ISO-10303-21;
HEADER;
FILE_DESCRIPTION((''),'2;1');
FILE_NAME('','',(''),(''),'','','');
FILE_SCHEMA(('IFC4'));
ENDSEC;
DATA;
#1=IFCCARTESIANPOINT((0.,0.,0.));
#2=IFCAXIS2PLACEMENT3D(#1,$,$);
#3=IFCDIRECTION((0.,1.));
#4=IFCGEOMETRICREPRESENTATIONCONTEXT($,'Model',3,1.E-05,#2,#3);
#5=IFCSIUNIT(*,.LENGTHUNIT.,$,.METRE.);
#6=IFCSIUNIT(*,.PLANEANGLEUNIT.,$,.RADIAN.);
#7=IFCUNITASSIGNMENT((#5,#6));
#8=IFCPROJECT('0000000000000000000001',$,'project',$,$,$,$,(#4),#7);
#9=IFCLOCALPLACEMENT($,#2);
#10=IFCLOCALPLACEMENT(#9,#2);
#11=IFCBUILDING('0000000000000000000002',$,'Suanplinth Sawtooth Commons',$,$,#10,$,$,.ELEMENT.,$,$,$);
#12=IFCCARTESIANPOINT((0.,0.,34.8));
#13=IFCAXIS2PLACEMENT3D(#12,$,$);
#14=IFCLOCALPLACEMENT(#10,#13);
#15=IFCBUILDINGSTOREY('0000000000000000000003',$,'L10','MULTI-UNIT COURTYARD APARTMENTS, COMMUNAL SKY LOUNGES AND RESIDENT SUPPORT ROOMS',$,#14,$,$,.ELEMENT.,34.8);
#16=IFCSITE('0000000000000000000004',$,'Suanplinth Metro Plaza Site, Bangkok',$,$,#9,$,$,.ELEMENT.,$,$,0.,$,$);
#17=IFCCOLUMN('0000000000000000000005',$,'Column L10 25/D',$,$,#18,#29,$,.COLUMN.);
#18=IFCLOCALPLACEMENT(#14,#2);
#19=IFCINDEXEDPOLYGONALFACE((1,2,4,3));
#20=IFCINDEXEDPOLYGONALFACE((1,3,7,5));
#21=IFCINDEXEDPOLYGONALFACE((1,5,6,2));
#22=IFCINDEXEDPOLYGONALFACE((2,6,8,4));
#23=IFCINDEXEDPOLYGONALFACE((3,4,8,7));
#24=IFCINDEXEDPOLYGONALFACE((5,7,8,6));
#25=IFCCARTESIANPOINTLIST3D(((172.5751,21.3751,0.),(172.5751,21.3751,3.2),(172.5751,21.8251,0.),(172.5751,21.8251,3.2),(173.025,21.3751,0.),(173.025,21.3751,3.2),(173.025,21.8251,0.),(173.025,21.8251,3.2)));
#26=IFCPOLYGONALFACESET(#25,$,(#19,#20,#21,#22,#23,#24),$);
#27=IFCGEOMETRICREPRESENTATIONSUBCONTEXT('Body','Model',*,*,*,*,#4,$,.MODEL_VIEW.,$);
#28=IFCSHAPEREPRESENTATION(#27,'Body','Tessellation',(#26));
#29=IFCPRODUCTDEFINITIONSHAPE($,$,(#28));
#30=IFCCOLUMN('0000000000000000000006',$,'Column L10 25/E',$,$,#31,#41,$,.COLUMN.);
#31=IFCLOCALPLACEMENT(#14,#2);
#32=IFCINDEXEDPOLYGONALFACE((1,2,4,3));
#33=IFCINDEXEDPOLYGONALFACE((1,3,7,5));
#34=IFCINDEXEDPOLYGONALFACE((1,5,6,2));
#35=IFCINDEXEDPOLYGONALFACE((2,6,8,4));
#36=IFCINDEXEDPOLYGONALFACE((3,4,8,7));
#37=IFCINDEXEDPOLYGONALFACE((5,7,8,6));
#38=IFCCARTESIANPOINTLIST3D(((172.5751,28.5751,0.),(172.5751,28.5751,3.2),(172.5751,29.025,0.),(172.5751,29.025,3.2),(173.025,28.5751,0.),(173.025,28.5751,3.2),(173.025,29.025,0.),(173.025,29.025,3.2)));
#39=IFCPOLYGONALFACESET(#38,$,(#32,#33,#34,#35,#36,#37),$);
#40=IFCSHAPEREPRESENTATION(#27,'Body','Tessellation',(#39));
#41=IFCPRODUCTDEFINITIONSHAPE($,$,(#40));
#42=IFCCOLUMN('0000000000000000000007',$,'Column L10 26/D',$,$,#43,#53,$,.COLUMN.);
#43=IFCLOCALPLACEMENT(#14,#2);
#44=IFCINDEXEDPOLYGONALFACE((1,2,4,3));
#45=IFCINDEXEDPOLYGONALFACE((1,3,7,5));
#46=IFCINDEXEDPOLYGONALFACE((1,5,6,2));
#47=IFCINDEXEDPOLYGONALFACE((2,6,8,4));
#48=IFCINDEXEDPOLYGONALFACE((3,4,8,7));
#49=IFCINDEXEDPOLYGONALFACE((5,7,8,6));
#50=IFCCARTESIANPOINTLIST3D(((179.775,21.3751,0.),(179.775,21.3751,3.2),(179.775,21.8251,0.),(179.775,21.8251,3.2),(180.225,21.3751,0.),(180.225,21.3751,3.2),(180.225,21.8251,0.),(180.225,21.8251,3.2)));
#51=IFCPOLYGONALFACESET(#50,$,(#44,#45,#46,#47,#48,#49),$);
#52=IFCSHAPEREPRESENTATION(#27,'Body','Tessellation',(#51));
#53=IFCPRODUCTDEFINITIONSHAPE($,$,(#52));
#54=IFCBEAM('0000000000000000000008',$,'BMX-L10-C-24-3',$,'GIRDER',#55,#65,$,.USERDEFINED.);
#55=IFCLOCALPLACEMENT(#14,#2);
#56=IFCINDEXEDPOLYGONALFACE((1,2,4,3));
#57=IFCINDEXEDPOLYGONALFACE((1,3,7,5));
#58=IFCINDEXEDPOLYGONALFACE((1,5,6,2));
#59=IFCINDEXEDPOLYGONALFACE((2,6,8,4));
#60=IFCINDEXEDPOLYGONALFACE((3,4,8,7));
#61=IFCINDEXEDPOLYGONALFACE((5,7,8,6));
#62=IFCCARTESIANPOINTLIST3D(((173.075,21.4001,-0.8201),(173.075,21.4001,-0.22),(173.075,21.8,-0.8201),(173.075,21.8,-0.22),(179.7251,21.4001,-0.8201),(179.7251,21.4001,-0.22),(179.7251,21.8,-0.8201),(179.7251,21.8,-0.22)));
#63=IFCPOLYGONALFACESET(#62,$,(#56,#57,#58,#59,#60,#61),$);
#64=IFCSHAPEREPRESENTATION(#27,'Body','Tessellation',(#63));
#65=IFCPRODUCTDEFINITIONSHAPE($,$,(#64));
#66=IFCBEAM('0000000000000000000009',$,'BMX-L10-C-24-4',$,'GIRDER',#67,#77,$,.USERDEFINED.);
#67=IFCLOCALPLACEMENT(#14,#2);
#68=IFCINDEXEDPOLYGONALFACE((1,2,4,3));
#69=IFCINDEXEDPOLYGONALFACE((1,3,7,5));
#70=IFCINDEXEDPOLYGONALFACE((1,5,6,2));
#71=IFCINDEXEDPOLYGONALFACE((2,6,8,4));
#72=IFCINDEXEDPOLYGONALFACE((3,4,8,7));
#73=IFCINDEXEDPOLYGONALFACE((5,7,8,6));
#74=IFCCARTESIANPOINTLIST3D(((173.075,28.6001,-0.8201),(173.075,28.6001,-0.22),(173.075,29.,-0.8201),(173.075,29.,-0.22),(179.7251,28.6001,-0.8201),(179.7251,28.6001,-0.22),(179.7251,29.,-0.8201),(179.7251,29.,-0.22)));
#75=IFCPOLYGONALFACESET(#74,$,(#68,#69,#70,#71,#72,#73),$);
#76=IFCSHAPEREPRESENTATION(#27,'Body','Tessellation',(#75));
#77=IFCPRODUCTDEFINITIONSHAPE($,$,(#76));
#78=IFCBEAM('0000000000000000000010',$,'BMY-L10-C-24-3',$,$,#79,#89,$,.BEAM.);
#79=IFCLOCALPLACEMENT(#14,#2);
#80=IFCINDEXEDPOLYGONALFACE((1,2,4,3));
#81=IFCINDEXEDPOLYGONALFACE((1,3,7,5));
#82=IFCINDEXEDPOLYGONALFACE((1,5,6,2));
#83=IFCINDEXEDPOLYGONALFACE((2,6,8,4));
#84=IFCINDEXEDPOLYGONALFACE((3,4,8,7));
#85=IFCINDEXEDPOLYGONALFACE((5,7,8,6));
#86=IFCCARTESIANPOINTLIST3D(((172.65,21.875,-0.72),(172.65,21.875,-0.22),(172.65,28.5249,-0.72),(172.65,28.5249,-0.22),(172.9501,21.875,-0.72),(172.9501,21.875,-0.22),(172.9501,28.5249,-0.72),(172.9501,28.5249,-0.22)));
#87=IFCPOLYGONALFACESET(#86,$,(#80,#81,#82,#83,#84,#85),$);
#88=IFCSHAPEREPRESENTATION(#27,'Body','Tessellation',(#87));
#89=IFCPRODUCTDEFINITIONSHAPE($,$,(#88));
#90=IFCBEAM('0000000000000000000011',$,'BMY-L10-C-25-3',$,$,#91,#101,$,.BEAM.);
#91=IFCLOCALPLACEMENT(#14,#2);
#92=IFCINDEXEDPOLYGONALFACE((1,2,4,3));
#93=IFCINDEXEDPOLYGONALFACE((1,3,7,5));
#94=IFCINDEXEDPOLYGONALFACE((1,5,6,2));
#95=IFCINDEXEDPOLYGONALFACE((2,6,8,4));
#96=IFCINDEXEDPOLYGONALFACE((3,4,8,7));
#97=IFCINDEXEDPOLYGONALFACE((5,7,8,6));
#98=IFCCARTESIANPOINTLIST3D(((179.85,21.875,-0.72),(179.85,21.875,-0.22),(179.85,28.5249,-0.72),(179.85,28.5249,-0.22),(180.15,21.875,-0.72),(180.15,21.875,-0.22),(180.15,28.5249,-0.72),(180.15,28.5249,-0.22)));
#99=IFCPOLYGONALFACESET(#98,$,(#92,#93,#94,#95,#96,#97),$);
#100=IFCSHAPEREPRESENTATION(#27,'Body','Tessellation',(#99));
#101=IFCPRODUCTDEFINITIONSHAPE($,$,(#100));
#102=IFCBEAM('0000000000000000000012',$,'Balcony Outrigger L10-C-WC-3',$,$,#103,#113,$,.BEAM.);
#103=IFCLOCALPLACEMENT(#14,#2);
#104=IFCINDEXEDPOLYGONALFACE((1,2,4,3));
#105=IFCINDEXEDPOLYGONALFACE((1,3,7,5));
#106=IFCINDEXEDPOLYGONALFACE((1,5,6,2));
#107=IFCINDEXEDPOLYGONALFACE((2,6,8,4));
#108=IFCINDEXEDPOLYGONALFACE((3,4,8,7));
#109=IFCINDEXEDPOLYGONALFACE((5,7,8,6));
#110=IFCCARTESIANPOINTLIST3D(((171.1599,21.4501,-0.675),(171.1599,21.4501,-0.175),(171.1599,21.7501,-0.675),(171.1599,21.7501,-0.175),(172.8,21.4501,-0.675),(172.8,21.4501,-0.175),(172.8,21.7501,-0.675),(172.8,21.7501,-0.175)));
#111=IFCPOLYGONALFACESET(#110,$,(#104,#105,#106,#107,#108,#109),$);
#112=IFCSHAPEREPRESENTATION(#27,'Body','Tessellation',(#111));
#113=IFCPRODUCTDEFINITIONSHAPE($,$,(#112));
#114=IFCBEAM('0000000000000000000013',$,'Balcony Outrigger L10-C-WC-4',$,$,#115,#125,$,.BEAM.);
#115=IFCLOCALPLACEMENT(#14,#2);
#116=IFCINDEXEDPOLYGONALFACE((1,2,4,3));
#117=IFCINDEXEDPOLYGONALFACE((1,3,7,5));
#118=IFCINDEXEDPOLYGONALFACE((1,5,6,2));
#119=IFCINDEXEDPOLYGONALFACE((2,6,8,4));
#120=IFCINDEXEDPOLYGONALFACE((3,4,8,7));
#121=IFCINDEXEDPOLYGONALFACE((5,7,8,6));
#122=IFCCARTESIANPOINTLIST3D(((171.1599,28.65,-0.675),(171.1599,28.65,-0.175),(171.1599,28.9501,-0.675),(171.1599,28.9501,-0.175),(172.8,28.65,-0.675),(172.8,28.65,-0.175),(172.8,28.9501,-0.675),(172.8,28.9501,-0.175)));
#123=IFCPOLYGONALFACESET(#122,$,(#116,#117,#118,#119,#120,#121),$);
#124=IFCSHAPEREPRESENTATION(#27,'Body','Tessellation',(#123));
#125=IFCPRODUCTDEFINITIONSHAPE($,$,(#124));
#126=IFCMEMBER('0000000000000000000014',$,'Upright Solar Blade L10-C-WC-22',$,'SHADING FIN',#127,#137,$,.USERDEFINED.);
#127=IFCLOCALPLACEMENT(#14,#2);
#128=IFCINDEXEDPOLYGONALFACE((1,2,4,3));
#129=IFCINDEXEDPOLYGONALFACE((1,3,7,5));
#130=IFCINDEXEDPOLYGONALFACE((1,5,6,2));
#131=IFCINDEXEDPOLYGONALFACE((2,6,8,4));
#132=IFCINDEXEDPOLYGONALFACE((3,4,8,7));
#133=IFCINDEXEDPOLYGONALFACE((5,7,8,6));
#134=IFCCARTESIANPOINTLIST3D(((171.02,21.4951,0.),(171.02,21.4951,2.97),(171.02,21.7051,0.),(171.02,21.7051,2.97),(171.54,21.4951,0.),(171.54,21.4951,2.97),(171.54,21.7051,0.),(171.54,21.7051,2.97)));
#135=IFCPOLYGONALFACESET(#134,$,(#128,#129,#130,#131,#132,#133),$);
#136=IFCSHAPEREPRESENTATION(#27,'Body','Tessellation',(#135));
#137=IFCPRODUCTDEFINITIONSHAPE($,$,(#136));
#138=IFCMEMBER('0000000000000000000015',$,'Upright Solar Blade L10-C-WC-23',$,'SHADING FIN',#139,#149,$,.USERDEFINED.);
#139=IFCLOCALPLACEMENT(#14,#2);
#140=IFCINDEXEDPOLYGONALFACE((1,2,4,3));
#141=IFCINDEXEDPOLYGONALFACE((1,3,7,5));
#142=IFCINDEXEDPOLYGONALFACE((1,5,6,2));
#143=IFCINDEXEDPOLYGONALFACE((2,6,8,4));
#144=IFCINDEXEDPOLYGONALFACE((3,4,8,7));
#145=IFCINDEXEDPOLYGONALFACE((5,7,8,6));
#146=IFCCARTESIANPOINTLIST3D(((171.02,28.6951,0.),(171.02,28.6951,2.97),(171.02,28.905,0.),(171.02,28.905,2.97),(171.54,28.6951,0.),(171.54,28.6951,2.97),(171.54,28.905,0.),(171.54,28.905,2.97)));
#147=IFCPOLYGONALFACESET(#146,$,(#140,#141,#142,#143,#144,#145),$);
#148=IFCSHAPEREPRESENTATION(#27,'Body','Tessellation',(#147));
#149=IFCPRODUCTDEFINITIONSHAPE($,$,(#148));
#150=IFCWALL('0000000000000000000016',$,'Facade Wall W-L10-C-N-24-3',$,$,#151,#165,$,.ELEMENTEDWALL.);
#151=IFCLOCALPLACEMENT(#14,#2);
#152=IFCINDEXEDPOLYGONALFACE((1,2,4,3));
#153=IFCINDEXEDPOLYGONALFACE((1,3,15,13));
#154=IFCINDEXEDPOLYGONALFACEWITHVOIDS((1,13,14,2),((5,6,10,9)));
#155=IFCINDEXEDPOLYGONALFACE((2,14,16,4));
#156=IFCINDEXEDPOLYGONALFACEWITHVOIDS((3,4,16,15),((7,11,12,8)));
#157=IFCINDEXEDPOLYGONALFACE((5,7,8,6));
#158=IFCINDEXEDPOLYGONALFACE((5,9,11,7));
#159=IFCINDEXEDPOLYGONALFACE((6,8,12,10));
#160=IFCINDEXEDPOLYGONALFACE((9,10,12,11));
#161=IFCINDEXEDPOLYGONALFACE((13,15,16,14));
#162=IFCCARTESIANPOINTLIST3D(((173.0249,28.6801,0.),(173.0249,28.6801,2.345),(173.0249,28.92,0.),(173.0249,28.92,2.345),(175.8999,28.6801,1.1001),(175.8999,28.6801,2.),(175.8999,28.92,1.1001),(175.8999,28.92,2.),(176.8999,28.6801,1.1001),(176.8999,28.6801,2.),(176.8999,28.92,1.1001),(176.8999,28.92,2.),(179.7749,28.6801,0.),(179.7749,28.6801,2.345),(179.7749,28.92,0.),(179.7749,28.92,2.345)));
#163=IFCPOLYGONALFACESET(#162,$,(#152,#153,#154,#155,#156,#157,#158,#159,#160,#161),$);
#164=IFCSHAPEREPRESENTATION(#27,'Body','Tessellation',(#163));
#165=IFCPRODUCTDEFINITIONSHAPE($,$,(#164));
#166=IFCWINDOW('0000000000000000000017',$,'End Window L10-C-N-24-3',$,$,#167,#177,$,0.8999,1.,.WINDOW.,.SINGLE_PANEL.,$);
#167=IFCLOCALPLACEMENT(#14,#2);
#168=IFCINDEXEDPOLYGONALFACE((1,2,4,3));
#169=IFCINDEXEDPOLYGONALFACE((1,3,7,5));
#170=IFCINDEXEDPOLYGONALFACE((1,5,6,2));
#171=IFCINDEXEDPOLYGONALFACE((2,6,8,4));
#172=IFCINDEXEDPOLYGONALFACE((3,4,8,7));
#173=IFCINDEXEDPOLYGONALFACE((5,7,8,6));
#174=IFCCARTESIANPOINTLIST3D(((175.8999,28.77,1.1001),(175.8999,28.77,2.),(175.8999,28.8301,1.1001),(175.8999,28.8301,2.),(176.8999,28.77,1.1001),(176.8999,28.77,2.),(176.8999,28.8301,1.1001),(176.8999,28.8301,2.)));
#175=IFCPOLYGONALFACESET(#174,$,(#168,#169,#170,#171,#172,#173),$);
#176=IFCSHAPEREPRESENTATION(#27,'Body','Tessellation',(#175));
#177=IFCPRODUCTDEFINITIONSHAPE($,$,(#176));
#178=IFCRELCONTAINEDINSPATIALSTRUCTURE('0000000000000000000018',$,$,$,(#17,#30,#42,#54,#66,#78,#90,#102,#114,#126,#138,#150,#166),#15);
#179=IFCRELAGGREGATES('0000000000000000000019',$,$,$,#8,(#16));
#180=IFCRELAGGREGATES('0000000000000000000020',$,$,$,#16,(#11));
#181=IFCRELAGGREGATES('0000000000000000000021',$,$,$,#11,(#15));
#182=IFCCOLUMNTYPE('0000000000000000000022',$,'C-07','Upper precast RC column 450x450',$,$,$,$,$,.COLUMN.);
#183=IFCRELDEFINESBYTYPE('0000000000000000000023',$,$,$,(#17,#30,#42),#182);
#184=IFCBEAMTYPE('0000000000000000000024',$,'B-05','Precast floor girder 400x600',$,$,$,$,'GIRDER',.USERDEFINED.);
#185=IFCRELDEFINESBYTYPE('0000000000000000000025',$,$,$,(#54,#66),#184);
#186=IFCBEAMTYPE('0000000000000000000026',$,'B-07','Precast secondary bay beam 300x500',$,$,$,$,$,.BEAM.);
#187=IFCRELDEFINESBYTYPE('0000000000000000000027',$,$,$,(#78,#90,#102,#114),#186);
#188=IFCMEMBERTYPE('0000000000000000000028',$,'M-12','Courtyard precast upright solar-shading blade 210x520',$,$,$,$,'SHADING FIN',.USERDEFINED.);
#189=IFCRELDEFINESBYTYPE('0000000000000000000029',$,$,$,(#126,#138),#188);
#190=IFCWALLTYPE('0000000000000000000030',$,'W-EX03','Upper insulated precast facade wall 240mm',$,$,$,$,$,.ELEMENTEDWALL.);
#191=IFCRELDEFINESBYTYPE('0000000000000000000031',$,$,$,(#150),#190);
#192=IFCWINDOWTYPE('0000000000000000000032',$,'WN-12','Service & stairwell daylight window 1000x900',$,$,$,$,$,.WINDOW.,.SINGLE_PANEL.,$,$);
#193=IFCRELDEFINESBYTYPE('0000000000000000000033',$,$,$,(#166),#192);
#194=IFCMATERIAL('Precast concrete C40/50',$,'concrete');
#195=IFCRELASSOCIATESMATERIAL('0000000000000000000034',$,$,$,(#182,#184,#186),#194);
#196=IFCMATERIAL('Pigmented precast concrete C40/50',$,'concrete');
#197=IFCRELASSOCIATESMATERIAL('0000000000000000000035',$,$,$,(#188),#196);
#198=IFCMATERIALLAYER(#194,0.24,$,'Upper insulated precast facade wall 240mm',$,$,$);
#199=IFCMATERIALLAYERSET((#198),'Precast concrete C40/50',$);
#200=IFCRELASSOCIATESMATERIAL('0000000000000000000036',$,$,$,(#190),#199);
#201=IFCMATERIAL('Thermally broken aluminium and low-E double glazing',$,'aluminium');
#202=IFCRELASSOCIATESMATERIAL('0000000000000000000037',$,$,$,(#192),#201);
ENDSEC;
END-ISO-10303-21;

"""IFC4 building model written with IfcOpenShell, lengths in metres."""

from ifc_helpers import new_model, si_unit, direction, frame, frame_2d, origin, origin_2d, place, context, subcontext, project, spatial, rectangle, extrude, material, layer, layer_set, material_profile, profile_set, type_object, element, fill, save


model = new_model("IFC4")

# Units and contexts
model_context = context("Model", 3, precision=1e-05, world=origin(), true_north=direction((0.0, 1.0)))
body_context = subcontext(model_context, "Body", "Model", "MODEL_VIEW")
ifc_project = project(units=[si_unit("LENGTHUNIT", "METRE"), si_unit("PLANEANGLEUNIT", "RADIAN")], contexts=[model_context])

# Site, building, storey
site_placement = place(None, origin())
site = spatial("IfcSite", under=ifc_project, at=site_placement, Name="Suanplinth Metro Plaza Site, Bangkok", CompositionType="ELEMENT", RefElevation=0.0)
building_placement = place(site_placement, origin())
building = spatial("IfcBuilding", under=site, at=building_placement, Name="Suanplinth Sawtooth Commons", CompositionType="ELEMENT")
storey_placement = place(building_placement, frame((0.0, 0.0, 34.8)))
storey = spatial("IfcBuildingStorey", under=building, at=storey_placement, Name="L10", Description="MULTI-UNIT COURTYARD APARTMENTS, COMMUNAL SKY LOUNGES AND RESIDENT SUPPORT ROOMS", CompositionType="ELEMENT", Elevation=34.8)

# Columns
ifc_material_1 = material(Name="Precast concrete C40/50", Category="concrete")
ifc_material_profile_1 = material_profile(ifc_material_1, rectangle(XDim=0.45, YDim=0.45, at=origin_2d()), Name="PC-COL 450x450")
ifc_profile_set_1 = profile_set([ifc_material_profile_1], Name="Precast concrete C40/50")
column_type = type_object("IfcColumnType", Name="C-07", Description="Upper precast RC column 450x450", PredefinedType="COLUMN", material=ifc_profile_set_1)
for number, where, z_axis, x_axis, name in (
    (1, (172.8, 21.6001, 0.0), (0.0, 0.0, 1.0), (1.0, 0.0, 0.0), "Column L10 25/D"),
    (2, (172.8, 28.8, 0.0), (0.0, 0.0, 1.0), (1.0, 0.0, 0.0), "Column L10 25/E"),
    (3, (180.0, 21.6001, 0.0), (0.0, 0.0, 1.0), (1.0, 0.0, 0.0), "Column L10 26/D"),
):
    element("IfcColumn", number, at=place(storey_placement, frame(where, z_axis=z_axis, x_axis=x_axis)), inside=storey, type_object=column_type, Name=name, PredefinedType="COLUMN", context=body_context, shape_type="SweptSolid", body=[
        extrude(rectangle(XDim=0.45, YDim=0.45, at=origin_2d()), origin(), (0.0, 0.0, 1.0), 3.2),
    ])

# Beams
ifc_material_profile_2 = material_profile(ifc_material_1, rectangle(XDim=0.3999, YDim=0.6001, at=origin_2d()), Name="PC-GDR 400x600")
ifc_profile_set_2 = profile_set([ifc_material_profile_2], Name="Precast concrete C40/50")
beam_type_1 = type_object("IfcBeamType", Name="B-05", Description="Precast floor girder 400x600", ElementType="GIRDER", PredefinedType="USERDEFINED", material=ifc_profile_set_2)
for number, where, z_axis, x_axis, name in (
    (4, (173.075, 21.6001, -0.52), (1.0, 0.0, 0.0), (0.0, 1.0, 0.0), "BMX-L10-C-24-3"),
    (5, (173.075, 28.8, -0.52), (1.0, 0.0, 0.0), (0.0, 1.0, 0.0), "BMX-L10-C-24-4"),
):
    element("IfcBeam", number, at=place(storey_placement, frame(where, z_axis=z_axis, x_axis=x_axis)), inside=storey, type_object=beam_type_1, Name=name, ObjectType="GIRDER", PredefinedType="USERDEFINED", context=body_context, shape_type="SweptSolid", body=[
        extrude(rectangle(XDim=0.3999, YDim=0.6001, at=origin_2d()), origin(), (0.0, 0.0, 1.0), 6.6501),
    ])
ifc_material_profile_3 = material_profile(ifc_material_1, rectangle(XDim=0.3, YDim=0.5, at=origin_2d()), Name="PC-BM 300x500")
ifc_profile_set_3 = profile_set([ifc_material_profile_3], Name="Precast concrete C40/50")
beam_type_2 = type_object("IfcBeamType", Name="B-07", Description="Precast secondary bay beam 300x500", PredefinedType="BEAM", material=ifc_profile_set_3)
for number, where, z_axis, x_axis, name in (
    (6, (172.8, 21.875, -0.47), (0.0, 1.0, 0.0), (-1.0, 0.0, 0.0), "BMY-L10-C-24-3"),
    (7, (180.0, 21.875, -0.47), (0.0, 1.0, 0.0), (-1.0, 0.0, 0.0), "BMY-L10-C-25-3"),
):
    element("IfcBeam", number, at=place(storey_placement, frame(where, z_axis=z_axis, x_axis=x_axis)), inside=storey, type_object=beam_type_2, Name=name, PredefinedType="BEAM", context=body_context, shape_type="SweptSolid", body=[
        extrude(rectangle(XDim=0.3, YDim=0.5, at=origin_2d()), origin(), (0.0, 0.0, 1.0), 6.6499),
    ])
for number, where, z_axis, x_axis, name in (
    (8, (172.8, 21.6001, -0.425), (-1.0, 0.0, 0.0), (0.0, -1.0, 0.0), "Balcony Outrigger L10-C-WC-3"),
    (9, (172.8, 28.8, -0.425), (-1.0, 0.0, 0.0), (0.0, -1.0, 0.0), "Balcony Outrigger L10-C-WC-4"),
):
    element("IfcBeam", number, at=place(storey_placement, frame(where, z_axis=z_axis, x_axis=x_axis)), inside=storey, type_object=beam_type_2, Name=name, PredefinedType="BEAM", context=body_context, shape_type="SweptSolid", body=[
        extrude(rectangle(XDim=0.3, YDim=0.5, at=origin_2d()), origin(), (0.0, 0.0, 1.0), 1.6401),
    ])

# Members
ifc_material_2 = material(Name="Pigmented precast concrete C40/50", Category="concrete")
ifc_material_profile_4 = material_profile(ifc_material_2, rectangle(XDim=0.21, YDim=0.52, at=origin_2d()), Name="PC-FIN 210x520")
ifc_profile_set_4 = profile_set([ifc_material_profile_4], Name="Pigmented precast concrete C40/50")
member_type = type_object("IfcMemberType", Name="M-12", Description="Courtyard precast upright solar-shading blade 210x520", ElementType="SHADING FIN", PredefinedType="USERDEFINED", material=ifc_profile_set_4)
for number, where, z_axis, x_axis, name in (
    (10, (171.28, 21.6001, 0.0), (0.0, 0.0, 1.0), (0.0, 1.0, 0.0), "Upright Solar Blade L10-C-WC-22"),
    (11, (171.28, 28.8, 0.0), (0.0, 0.0, 1.0), (0.0, 1.0, 0.0), "Upright Solar Blade L10-C-WC-23"),
):
    element("IfcMember", number, at=place(storey_placement, frame(where, z_axis=z_axis, x_axis=x_axis)), inside=storey, type_object=member_type, Name=name, ObjectType="SHADING FIN", PredefinedType="USERDEFINED", context=body_context, shape_type="SweptSolid", body=[
        extrude(rectangle(XDim=0.21, YDim=0.52, at=origin_2d()), origin(), (0.0, 0.0, 1.0), 2.97),
    ])

# Wall, opening, window
ifc_layer_1 = layer(ifc_material_1, 0.24, Name="Upper insulated precast facade wall 240mm")
ifc_layer_set_1 = layer_set([ifc_layer_1], Name="Precast concrete C40/50")
wall_type_1 = type_object("IfcWallType", Name="W-EX03", Description="Upper insulated precast facade wall 240mm", PredefinedType="ELEMENTEDWALL", material=ifc_layer_set_1)
wall_1_placement = place(storey_placement, frame((173.0249, 28.8, 0.0), z_axis=(0.0, 0.0, 1.0), x_axis=(1.0, 0.0, 0.0)))
wall_1 = element("IfcWall", 12, at=wall_1_placement, inside=storey, type_object=wall_type_1, Name="Facade Wall W-L10-C-N-24-3", PredefinedType="ELEMENTEDWALL", context=body_context, shape_type="SweptSolid", body=[
    extrude(rectangle(XDim=6.75, YDim=0.24, at=frame_2d((3.375, 0.0))), origin(), (0.0, 0.0, 1.0), 2.345),
])
opening_1_placement = place(wall_1_placement, frame((2.875, 0.0, 1.1001)))
opening_1 = element("IfcOpeningElement", 13, at=opening_1_placement, cuts=wall_1, PredefinedType="OPENING", context=body_context, shape_type="SweptSolid", body=[
    extrude(rectangle(XDim=1.0, YDim=0.8999, at=frame_2d((0.5, 0.45))), frame((0.0, 0.1348, 0.0), z_axis=(0.0, -1.0, 0.0), x_axis=(1.0, 0.0, 0.0)), (0.0, 0.0, 1.0), 0.2698),
])
ifc_material_3 = material(Name="Thermally broken aluminium and low-E double glazing", Category="aluminium")
window_type = type_object("IfcWindowType", Name="WN-12", Description="Service & stairwell daylight window 1000x900", PartitioningType="SINGLE_PANEL", PredefinedType="WINDOW", material=ifc_material_3)
window_placement = place(opening_1_placement, origin())
window = element("IfcWindow", 14, at=window_placement, inside=storey, type_object=window_type, Name="End Window L10-C-N-24-3", OverallHeight=0.8999, OverallWidth=1.0, PartitioningType="SINGLE_PANEL", PredefinedType="WINDOW", context=body_context, shape_type="SweptSolid", body=[
    extrude(rectangle(XDim=1.0, YDim=0.8999, at=frame_2d((0.5, 0.45))), frame((0.0, 0.03, 0.0), z_axis=(0.0, -1.0, 0.0), x_axis=(1.0, 0.0, 0.0)), (0.0, 0.0, 1.0), 0.0601),
])
fill(opening_1, window)

save(model, "model.ifc")
